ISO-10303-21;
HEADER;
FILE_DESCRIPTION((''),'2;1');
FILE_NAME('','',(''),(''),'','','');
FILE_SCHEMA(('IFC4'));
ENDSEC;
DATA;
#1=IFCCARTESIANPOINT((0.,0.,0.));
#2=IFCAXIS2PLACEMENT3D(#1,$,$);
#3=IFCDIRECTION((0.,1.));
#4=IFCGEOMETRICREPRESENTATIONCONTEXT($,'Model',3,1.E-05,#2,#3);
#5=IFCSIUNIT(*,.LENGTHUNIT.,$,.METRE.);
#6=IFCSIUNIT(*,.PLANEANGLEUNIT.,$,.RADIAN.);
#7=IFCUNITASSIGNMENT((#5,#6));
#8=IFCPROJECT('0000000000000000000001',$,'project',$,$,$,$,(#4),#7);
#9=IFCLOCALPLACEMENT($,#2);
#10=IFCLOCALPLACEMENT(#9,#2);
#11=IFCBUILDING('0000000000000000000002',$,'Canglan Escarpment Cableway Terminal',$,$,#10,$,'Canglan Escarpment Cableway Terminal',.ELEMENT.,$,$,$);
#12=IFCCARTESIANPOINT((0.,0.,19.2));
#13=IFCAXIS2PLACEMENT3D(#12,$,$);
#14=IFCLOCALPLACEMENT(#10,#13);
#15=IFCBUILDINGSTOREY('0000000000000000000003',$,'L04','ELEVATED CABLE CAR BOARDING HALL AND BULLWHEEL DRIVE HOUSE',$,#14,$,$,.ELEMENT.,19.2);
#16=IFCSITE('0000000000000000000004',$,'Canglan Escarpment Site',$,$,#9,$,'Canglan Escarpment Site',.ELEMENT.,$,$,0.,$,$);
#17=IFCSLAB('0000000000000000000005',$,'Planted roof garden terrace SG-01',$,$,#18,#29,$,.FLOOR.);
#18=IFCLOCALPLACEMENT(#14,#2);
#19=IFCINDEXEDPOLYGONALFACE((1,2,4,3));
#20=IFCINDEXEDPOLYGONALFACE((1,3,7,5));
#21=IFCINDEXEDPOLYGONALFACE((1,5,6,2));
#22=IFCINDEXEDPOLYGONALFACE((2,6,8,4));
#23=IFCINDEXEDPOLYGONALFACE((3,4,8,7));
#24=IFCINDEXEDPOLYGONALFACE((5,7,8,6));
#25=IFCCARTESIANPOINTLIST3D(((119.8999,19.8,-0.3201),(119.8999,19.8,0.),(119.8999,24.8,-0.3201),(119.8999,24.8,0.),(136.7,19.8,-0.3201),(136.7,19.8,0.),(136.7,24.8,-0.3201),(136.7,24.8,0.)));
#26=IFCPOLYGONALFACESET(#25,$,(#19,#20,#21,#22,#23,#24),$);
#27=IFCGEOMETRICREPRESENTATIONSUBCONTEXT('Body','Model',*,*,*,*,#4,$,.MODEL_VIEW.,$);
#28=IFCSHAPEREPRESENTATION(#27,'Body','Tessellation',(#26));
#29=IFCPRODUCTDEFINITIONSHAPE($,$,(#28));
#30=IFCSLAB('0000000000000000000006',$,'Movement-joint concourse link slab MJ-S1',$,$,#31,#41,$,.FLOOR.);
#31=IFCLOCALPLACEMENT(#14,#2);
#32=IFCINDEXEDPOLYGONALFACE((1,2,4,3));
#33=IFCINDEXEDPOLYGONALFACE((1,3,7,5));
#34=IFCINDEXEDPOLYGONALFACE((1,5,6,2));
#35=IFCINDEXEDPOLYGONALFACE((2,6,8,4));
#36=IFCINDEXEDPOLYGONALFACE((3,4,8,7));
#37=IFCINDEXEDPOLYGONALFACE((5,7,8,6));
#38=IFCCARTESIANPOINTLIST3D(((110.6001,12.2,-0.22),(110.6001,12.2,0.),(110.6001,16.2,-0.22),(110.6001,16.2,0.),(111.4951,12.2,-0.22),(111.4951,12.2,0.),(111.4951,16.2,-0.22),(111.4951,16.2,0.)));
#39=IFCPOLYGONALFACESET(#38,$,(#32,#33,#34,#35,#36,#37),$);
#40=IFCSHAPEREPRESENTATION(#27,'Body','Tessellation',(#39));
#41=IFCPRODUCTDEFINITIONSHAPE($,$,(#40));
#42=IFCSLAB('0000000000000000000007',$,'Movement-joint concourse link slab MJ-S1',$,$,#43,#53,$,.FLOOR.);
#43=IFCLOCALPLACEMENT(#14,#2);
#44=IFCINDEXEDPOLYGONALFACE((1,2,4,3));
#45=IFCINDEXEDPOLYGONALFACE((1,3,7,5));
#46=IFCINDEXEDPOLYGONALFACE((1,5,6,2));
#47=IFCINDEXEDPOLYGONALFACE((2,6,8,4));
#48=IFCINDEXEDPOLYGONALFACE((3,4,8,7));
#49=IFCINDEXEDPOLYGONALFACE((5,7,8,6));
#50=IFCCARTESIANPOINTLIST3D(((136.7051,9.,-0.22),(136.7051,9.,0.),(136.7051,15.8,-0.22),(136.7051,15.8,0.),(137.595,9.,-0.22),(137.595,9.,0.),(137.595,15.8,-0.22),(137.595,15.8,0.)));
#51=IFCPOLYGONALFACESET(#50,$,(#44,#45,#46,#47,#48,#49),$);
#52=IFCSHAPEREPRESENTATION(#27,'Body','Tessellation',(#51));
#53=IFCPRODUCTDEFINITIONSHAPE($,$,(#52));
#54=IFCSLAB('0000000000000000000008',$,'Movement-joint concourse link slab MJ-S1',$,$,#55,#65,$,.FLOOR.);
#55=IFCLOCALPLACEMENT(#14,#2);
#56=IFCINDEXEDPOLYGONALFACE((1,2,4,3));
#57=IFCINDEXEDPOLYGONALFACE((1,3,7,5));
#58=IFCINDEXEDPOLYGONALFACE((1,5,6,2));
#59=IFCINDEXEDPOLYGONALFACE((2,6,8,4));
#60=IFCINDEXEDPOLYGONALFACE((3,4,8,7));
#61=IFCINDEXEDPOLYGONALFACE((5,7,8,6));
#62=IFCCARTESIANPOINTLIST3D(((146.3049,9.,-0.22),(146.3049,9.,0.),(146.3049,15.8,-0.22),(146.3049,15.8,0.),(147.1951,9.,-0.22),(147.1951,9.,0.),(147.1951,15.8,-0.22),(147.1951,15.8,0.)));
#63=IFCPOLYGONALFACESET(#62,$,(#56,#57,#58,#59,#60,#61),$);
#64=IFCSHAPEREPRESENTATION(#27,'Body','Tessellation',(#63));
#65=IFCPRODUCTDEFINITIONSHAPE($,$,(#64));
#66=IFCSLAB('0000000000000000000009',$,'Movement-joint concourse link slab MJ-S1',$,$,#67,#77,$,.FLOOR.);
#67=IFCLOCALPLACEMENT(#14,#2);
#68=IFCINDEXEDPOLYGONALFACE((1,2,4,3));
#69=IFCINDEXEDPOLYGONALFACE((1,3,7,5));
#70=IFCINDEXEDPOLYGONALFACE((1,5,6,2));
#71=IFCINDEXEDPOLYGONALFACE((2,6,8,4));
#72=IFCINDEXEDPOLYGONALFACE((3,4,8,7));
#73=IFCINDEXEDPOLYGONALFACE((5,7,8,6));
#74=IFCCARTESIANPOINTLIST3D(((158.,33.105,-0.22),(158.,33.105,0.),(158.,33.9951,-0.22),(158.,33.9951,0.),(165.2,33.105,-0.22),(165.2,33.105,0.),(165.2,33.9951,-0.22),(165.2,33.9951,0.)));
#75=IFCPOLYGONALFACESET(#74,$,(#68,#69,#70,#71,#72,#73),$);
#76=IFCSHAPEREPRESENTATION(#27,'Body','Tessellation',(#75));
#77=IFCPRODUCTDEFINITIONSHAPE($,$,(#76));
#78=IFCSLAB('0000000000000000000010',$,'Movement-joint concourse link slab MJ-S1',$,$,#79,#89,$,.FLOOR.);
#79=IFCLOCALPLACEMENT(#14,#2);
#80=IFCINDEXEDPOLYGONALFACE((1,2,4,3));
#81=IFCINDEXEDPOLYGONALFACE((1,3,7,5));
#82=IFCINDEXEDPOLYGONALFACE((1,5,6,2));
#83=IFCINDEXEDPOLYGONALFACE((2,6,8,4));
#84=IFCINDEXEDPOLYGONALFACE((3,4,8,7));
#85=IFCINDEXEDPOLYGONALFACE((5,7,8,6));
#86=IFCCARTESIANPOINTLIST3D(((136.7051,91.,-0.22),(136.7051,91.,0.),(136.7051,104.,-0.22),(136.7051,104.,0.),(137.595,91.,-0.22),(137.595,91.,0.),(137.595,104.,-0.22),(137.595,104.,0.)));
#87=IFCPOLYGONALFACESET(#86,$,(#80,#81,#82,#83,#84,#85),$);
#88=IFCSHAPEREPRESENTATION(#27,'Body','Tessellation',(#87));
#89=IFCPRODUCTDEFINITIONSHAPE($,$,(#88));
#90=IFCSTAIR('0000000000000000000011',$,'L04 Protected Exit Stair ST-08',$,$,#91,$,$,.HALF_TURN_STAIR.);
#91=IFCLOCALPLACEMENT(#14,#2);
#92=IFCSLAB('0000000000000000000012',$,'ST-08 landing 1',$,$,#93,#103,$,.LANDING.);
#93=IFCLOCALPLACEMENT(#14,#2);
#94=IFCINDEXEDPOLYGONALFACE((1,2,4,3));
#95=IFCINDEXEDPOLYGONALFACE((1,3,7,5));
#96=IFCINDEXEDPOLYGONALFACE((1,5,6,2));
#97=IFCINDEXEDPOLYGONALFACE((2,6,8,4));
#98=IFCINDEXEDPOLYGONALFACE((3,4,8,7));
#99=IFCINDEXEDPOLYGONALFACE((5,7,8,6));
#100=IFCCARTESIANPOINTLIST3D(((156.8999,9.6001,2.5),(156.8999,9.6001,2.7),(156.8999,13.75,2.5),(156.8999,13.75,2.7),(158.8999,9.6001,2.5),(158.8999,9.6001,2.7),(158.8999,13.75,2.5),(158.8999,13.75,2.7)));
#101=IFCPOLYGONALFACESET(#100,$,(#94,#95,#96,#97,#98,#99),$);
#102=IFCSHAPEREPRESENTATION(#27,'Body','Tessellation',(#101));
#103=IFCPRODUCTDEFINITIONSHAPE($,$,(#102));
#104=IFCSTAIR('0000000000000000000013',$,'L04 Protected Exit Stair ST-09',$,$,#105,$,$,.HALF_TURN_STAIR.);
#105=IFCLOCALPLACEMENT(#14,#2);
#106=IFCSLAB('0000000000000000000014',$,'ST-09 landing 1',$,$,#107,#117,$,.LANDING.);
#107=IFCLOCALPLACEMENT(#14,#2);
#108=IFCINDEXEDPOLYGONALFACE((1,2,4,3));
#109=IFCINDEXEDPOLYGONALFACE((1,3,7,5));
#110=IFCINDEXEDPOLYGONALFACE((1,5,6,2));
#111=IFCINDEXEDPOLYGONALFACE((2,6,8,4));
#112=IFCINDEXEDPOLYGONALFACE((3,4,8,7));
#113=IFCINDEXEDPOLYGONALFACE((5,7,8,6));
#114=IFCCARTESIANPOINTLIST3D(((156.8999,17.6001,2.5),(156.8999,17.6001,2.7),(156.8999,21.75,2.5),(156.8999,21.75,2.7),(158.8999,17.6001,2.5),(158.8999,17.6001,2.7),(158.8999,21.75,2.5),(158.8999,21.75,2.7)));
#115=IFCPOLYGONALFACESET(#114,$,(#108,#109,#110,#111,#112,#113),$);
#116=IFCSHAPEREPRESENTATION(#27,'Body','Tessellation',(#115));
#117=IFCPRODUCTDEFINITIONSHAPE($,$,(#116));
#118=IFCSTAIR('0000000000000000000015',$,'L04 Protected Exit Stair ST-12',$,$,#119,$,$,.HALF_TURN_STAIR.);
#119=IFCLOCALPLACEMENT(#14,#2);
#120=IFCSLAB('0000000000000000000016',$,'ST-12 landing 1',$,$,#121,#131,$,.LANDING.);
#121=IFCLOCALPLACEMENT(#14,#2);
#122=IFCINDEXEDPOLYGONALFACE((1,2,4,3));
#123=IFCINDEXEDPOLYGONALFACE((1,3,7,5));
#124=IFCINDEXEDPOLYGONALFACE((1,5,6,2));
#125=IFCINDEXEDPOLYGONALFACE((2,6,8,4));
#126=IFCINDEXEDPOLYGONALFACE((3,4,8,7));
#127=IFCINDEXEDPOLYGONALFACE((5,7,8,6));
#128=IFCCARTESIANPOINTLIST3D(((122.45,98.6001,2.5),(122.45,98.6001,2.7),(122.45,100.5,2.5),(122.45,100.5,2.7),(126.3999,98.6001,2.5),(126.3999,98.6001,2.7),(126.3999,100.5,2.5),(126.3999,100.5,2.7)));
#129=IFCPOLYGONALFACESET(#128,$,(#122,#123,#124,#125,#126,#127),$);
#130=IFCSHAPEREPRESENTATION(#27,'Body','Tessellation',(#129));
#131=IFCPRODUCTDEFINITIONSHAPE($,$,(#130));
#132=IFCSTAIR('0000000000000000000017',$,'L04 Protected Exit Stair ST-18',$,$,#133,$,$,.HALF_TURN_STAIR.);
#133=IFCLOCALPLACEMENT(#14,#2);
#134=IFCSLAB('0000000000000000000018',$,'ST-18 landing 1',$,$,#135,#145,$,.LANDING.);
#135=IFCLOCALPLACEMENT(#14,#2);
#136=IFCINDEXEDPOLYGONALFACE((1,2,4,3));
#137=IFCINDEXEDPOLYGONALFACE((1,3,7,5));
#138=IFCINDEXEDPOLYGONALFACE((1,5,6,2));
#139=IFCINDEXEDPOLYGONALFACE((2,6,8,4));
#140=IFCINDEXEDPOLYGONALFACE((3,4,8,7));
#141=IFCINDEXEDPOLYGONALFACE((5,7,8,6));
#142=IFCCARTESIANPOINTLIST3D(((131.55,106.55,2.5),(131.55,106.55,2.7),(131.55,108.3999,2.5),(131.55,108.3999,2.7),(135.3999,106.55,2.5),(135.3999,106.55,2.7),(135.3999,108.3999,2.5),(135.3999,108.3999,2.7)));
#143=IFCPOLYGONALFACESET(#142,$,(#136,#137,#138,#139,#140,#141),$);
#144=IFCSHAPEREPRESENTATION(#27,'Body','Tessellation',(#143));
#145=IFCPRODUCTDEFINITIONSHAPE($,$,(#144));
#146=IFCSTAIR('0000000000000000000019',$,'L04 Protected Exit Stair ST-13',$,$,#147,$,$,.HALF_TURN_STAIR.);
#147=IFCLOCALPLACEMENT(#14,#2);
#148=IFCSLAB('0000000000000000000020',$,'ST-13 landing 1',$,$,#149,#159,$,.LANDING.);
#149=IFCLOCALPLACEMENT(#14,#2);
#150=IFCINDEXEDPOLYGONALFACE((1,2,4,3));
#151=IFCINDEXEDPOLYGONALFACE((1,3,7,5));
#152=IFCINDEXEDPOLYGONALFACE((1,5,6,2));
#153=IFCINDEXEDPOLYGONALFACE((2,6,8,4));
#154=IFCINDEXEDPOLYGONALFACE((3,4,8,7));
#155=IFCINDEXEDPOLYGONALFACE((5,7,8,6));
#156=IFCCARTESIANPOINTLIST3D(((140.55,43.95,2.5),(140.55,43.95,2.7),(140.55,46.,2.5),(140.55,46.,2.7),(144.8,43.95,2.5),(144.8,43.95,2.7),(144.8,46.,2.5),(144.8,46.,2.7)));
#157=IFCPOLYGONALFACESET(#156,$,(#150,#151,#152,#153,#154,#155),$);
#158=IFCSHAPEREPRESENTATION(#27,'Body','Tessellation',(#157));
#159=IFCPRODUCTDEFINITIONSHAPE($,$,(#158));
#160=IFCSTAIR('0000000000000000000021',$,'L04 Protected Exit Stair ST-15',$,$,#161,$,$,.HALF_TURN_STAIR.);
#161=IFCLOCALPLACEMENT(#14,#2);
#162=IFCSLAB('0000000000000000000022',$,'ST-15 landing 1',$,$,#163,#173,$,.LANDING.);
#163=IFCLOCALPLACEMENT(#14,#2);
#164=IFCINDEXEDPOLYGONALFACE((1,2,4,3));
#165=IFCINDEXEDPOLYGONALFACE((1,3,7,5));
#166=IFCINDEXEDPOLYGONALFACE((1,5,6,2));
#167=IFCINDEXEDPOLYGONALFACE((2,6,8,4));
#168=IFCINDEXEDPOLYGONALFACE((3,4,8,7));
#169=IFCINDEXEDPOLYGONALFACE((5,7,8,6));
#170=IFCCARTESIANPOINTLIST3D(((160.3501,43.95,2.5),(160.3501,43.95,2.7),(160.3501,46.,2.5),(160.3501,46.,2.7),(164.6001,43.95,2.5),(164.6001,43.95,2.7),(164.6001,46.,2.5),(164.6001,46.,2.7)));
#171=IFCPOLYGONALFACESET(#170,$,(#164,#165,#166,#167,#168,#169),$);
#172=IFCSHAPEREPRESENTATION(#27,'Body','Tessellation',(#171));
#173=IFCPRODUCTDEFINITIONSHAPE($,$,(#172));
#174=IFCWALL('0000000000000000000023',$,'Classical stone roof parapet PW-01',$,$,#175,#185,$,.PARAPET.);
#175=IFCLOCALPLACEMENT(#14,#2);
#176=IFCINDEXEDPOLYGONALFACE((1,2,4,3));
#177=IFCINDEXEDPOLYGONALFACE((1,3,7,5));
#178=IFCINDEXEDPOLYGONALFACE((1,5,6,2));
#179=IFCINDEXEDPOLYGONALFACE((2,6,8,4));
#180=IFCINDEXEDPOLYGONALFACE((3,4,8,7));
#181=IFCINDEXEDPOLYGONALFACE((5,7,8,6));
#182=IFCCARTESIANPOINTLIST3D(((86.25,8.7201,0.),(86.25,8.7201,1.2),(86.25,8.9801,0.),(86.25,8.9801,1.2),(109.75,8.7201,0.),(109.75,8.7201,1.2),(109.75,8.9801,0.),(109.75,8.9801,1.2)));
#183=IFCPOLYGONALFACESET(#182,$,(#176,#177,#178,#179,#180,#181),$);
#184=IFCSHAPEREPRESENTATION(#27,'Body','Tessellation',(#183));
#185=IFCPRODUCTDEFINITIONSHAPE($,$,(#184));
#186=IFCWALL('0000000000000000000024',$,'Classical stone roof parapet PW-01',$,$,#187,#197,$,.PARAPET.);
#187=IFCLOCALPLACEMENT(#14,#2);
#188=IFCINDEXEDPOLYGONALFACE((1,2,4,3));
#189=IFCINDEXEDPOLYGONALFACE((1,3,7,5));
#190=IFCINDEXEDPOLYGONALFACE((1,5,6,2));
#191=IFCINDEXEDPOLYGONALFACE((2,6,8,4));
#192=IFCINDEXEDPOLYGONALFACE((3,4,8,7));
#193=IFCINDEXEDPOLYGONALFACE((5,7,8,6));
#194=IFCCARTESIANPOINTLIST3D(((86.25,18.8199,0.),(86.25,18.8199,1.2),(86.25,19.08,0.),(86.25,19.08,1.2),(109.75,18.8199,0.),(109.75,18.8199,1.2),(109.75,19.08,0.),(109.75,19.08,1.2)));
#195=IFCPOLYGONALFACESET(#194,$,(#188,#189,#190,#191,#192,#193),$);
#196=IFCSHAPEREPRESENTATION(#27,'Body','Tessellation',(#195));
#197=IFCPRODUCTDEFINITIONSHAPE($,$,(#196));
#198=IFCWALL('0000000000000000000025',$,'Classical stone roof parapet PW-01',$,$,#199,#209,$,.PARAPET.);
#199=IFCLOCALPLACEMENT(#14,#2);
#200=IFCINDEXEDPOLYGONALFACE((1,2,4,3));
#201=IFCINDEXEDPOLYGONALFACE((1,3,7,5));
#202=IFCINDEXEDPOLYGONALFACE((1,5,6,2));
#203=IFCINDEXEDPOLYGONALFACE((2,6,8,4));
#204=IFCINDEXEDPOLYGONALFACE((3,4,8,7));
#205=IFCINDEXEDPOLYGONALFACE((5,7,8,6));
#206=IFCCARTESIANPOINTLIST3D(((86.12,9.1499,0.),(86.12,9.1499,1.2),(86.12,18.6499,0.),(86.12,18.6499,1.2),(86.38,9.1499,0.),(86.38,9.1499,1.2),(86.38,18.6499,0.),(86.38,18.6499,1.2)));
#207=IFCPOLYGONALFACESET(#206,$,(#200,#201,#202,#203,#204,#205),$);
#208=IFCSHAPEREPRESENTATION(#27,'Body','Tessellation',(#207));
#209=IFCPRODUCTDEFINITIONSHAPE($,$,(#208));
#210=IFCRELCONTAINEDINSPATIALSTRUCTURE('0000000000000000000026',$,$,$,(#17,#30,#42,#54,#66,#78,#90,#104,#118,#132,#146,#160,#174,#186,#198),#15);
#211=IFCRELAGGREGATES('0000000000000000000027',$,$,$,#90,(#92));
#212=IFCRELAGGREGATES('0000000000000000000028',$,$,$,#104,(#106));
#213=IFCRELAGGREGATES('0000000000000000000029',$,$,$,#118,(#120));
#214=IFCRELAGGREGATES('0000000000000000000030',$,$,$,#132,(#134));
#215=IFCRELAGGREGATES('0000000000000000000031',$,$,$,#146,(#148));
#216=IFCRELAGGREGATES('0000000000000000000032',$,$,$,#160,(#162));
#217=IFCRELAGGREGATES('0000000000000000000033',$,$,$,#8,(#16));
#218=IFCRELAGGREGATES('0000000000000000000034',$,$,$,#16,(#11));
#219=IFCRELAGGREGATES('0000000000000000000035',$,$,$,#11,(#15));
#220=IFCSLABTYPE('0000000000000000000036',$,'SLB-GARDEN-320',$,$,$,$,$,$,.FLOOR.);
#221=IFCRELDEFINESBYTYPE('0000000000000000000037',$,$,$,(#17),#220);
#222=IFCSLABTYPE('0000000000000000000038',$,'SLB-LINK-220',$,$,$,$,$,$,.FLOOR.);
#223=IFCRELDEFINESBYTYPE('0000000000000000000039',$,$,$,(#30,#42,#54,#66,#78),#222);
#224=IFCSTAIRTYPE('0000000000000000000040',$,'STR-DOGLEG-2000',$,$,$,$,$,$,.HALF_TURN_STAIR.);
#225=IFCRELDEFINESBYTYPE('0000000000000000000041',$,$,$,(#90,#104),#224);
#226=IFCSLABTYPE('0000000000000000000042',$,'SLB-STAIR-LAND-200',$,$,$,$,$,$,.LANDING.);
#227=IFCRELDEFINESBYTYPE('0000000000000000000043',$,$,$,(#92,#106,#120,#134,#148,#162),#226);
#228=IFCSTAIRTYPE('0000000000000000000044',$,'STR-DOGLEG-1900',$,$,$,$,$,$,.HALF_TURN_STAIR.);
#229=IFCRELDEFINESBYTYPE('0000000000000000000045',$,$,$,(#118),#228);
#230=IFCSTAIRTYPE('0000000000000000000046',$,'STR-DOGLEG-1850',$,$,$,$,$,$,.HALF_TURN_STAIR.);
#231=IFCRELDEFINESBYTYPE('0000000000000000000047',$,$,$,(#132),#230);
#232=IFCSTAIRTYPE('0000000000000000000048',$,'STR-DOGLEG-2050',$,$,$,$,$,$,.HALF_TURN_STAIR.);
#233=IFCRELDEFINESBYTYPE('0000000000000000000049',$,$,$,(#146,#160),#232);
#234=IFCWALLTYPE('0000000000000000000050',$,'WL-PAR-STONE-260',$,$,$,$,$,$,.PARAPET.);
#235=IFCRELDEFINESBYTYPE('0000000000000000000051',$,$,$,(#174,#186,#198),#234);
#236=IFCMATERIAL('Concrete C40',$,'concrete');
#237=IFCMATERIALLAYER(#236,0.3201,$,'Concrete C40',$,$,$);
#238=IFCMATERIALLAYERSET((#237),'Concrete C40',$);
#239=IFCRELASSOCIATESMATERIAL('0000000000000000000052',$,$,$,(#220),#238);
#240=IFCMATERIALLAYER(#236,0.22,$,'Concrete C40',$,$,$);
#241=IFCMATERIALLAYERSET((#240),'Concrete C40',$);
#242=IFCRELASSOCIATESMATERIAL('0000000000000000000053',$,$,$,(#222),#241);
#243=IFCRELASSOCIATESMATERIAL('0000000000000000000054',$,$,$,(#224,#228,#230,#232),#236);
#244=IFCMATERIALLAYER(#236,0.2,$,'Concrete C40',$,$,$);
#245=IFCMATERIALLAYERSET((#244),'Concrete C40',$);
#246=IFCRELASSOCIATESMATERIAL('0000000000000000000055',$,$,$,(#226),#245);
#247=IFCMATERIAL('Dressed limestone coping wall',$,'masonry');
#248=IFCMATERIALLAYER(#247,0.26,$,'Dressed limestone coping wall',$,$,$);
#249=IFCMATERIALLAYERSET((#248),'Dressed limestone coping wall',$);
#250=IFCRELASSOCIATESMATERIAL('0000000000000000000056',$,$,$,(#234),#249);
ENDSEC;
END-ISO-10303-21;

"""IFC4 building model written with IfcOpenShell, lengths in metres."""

from ifc_helpers import new_model, si_unit, direction, frame, frame_2d, origin, place, context, subcontext, project, spatial, polyline, rectangle, outline, extrude, material, layer, layer_set, type_object, element, aggregate, save


model = new_model("IFC4")

# Units and contexts
model_context = context("Model", 3, precision=1e-05, world=origin(), true_north=direction((0.0, 1.0)))
body_context = subcontext(model_context, "Body", "Model", "MODEL_VIEW")
ifc_project = project(units=[si_unit("LENGTHUNIT", "METRE"), si_unit("PLANEANGLEUNIT", "RADIAN")], contexts=[model_context])

# Site, building, storey
site_placement = place(None, origin())
site = spatial("IfcSite", under=ifc_project, at=site_placement, Name="Canglan Escarpment Site", LongName="Canglan Escarpment Site", CompositionType="ELEMENT", RefElevation=0.0)
building_placement = place(site_placement, origin())
building = spatial("IfcBuilding", under=site, at=building_placement, Name="Canglan Escarpment Cableway Terminal", LongName="Canglan Escarpment Cableway Terminal", CompositionType="ELEMENT")
storey_placement = place(building_placement, frame((0.0, 0.0, 19.2)))
storey = spatial("IfcBuildingStorey", under=building, at=storey_placement, Name="L04", Description="ELEVATED CABLE CAR BOARDING HALL AND BULLWHEEL DRIVE HOUSE", CompositionType="ELEMENT", Elevation=19.2)

# Slabs
ifc_material_1 = material(Name="Concrete C40", Category="concrete")
ifc_layer_1 = layer(ifc_material_1, 0.3201, Name="Concrete C40")
ifc_layer_set_1 = layer_set([ifc_layer_1], Name="Concrete C40")
slab_type_1 = type_object("IfcSlabType", Name="SLB-GARDEN-320", PredefinedType="FLOOR", material=ifc_layer_set_1)
slab_1_placement = place(storey_placement, frame((0.0, 0.0, -0.3201)))
element("IfcSlab", 1, at=slab_1_placement, inside=storey, type_object=slab_type_1, Name="Planted roof garden terrace SG-01", PredefinedType="FLOOR", context=body_context, shape_type="SweptSolid", body=[
    extrude(outline(polyline([(119.8999, 19.8), (136.7, 19.8), (136.7, 24.8), (119.8999, 24.8), (119.8999, 19.8)])), origin(), (0.0, 0.0, 1.0), 0.3201),
])
ifc_layer_2 = layer(ifc_material_1, 0.22, Name="Concrete C40")
ifc_layer_set_2 = layer_set([ifc_layer_2], Name="Concrete C40")
slab_type_2 = type_object("IfcSlabType", Name="SLB-LINK-220", PredefinedType="FLOOR", material=ifc_layer_set_2)
slab_2_placement = place(storey_placement, frame((0.0, 0.0, -0.22)))
element("IfcSlab", 2, at=slab_2_placement, inside=storey, type_object=slab_type_2, Name="Movement-joint concourse link slab MJ-S1", PredefinedType="FLOOR", context=body_context, shape_type="SweptSolid", body=[
    extrude(outline(polyline([(110.6001, 12.2), (110.6001, 16.2), (111.4951, 16.2), (111.4951, 12.2), (110.6001, 12.2)])), origin(), (0.0, 0.0, 1.0), 0.22),
])
slab_3_placement = place(storey_placement, frame((0.0, 0.0, -0.22)))
element("IfcSlab", 3, at=slab_3_placement, inside=storey, type_object=slab_type_2, Name="Movement-joint concourse link slab MJ-S1", PredefinedType="FLOOR", context=body_context, shape_type="SweptSolid", body=[
    extrude(outline(polyline([(137.595, 15.8), (137.595, 9.0), (136.7051, 9.0), (136.7051, 15.8), (137.595, 15.8)])), origin(), (0.0, 0.0, 1.0), 0.22),
])
slab_4_placement = place(storey_placement, frame((0.0, 0.0, -0.22)))
element("IfcSlab", 4, at=slab_4_placement, inside=storey, type_object=slab_type_2, Name="Movement-joint concourse link slab MJ-S1", PredefinedType="FLOOR", context=body_context, shape_type="SweptSolid", body=[
    extrude(outline(polyline([(147.1951, 15.8), (147.1951, 9.0), (146.3049, 9.0), (146.3049, 15.8), (147.1951, 15.8)])), origin(), (0.0, 0.0, 1.0), 0.22),
])
slab_5_placement = place(storey_placement, frame((0.0, 0.0, -0.22)))
element("IfcSlab", 5, at=slab_5_placement, inside=storey, type_object=slab_type_2, Name="Movement-joint concourse link slab MJ-S1", PredefinedType="FLOOR", context=body_context, shape_type="SweptSolid", body=[
    extrude(outline(polyline([(165.2, 33.105), (158.0, 33.105), (158.0, 33.9951), (165.2, 33.9951), (165.2, 33.105)])), origin(), (0.0, 0.0, 1.0), 0.22),
])
slab_6_placement = place(storey_placement, frame((0.0, 0.0, -0.22)))
element("IfcSlab", 6, at=slab_6_placement, inside=storey, type_object=slab_type_2, Name="Movement-joint concourse link slab MJ-S1", PredefinedType="FLOOR", context=body_context, shape_type="SweptSolid", body=[
    extrude(outline(polyline([(137.595, 104.0), (137.595, 91.0), (136.7051, 91.0), (136.7051, 104.0), (137.595, 104.0)])), origin(), (0.0, 0.0, 1.0), 0.22),
])

# Stairs, slabs
stair_type_1 = type_object("IfcStairType", Name="STR-DOGLEG-2000", PredefinedType="HALF_TURN_STAIR", material=ifc_material_1)
stair_1_placement = place(storey_placement, origin())
stair_1 = element("IfcStair", 7, at=stair_1_placement, inside=storey, type_object=stair_type_1, Name="L04 Protected Exit Stair ST-08", PredefinedType="HALF_TURN_STAIR")
ifc_layer_3 = layer(ifc_material_1, 0.2, Name="Concrete C40")
ifc_layer_set_3 = layer_set([ifc_layer_3], Name="Concrete C40")
slab_type_3 = type_object("IfcSlabType", Name="SLB-STAIR-LAND-200", PredefinedType="LANDING", material=ifc_layer_set_3)
slab_7_placement = place(storey_placement, frame((0.0, 0.0, 2.5)))
slab_7 = element("IfcSlab", 8, at=slab_7_placement, type_object=slab_type_3, Name="ST-08 landing 1", PredefinedType="LANDING", context=body_context, shape_type="SweptSolid", body=[
    extrude(outline(polyline([(156.8999, 9.6001), (158.8999, 9.6001), (158.8999, 13.75), (156.8999, 13.75), (156.8999, 9.6001)])), origin(), (0.0, 0.0, 1.0), 0.2),
])
aggregate(stair_1, [slab_7])
stair_2_placement = place(storey_placement, origin())
stair_2 = element("IfcStair", 9, at=stair_2_placement, inside=storey, type_object=stair_type_1, Name="L04 Protected Exit Stair ST-09", PredefinedType="HALF_TURN_STAIR")
slab_8_placement = place(storey_placement, frame((0.0, 0.0, 2.5)))
slab_8 = element("IfcSlab", 10, at=slab_8_placement, type_object=slab_type_3, Name="ST-09 landing 1", PredefinedType="LANDING", context=body_context, shape_type="SweptSolid", body=[
    extrude(outline(polyline([(156.8999, 17.6001), (158.8999, 17.6001), (158.8999, 21.75), (156.8999, 21.75), (156.8999, 17.6001)])), origin(), (0.0, 0.0, 1.0), 0.2),
])
aggregate(stair_2, [slab_8])
stair_type_2 = type_object("IfcStairType", Name="STR-DOGLEG-1900", PredefinedType="HALF_TURN_STAIR", material=ifc_material_1)
stair_3_placement = place(storey_placement, origin())
stair_3 = element("IfcStair", 11, at=stair_3_placement, inside=storey, type_object=stair_type_2, Name="L04 Protected Exit Stair ST-12", PredefinedType="HALF_TURN_STAIR")
slab_9_placement = place(storey_placement, frame((0.0, 0.0, 2.5)))
slab_9 = element("IfcSlab", 12, at=slab_9_placement, type_object=slab_type_3, Name="ST-12 landing 1", PredefinedType="LANDING", context=body_context, shape_type="SweptSolid", body=[
    extrude(outline(polyline([(126.3999, 98.6001), (126.3999, 100.5), (122.45, 100.5), (122.45, 98.6001), (126.3999, 98.6001)])), origin(), (0.0, 0.0, 1.0), 0.2),
])
aggregate(stair_3, [slab_9])
stair_type_3 = type_object("IfcStairType", Name="STR-DOGLEG-1850", PredefinedType="HALF_TURN_STAIR", material=ifc_material_1)
stair_4_placement = place(storey_placement, origin())
stair_4 = element("IfcStair", 13, at=stair_4_placement, inside=storey, type_object=stair_type_3, Name="L04 Protected Exit Stair ST-18", PredefinedType="HALF_TURN_STAIR")
slab_10_placement = place(storey_placement, frame((0.0, 0.0, 2.5)))
slab_10 = element("IfcSlab", 14, at=slab_10_placement, type_object=slab_type_3, Name="ST-18 landing 1", PredefinedType="LANDING", context=body_context, shape_type="SweptSolid", body=[
    extrude(outline(polyline([(135.3999, 106.55), (135.3999, 108.3999), (131.55, 108.3999), (131.55, 106.55), (135.3999, 106.55)])), origin(), (0.0, 0.0, 1.0), 0.2),
])
aggregate(stair_4, [slab_10])
stair_type_4 = type_object("IfcStairType", Name="STR-DOGLEG-2050", PredefinedType="HALF_TURN_STAIR", material=ifc_material_1)
stair_5_placement = place(storey_placement, origin())
stair_5 = element("IfcStair", 15, at=stair_5_placement, inside=storey, type_object=stair_type_4, Name="L04 Protected Exit Stair ST-13", PredefinedType="HALF_TURN_STAIR")
slab_11_placement = place(storey_placement, frame((0.0, 0.0, 2.5)))
slab_11 = element("IfcSlab", 16, at=slab_11_placement, type_object=slab_type_3, Name="ST-13 landing 1", PredefinedType="LANDING", context=body_context, shape_type="SweptSolid", body=[
    extrude(outline(polyline([(144.8, 43.95), (144.8, 46.0), (140.55, 46.0), (140.55, 43.95), (144.8, 43.95)])), origin(), (0.0, 0.0, 1.0), 0.2),
])
aggregate(stair_5, [slab_11])
stair_6_placement = place(storey_placement, origin())
stair_6 = element("IfcStair", 17, at=stair_6_placement, inside=storey, type_object=stair_type_4, Name="L04 Protected Exit Stair ST-15", PredefinedType="HALF_TURN_STAIR")
slab_12_placement = place(storey_placement, frame((0.0, 0.0, 2.5)))
slab_12 = element("IfcSlab", 18, at=slab_12_placement, type_object=slab_type_3, Name="ST-15 landing 1", PredefinedType="LANDING", context=body_context, shape_type="SweptSolid", body=[
    extrude(outline(polyline([(164.6001, 43.95), (164.6001, 46.0), (160.3501, 46.0), (160.3501, 43.95), (164.6001, 43.95)])), origin(), (0.0, 0.0, 1.0), 0.2),
])
aggregate(stair_6, [slab_12])

# Walls
ifc_material_2 = material(Name="Dressed limestone coping wall", Category="masonry")
ifc_layer_4 = layer(ifc_material_2, 0.26, Name="Dressed limestone coping wall")
ifc_layer_set_4 = layer_set([ifc_layer_4], Name="Dressed limestone coping wall")
wall_type = type_object("IfcWallType", Name="WL-PAR-STONE-260", PredefinedType="PARAPET", material=ifc_layer_set_4)
for number, where, z_axis, x_axis, name in (
    (19, (86.25, 8.8501, 0.0), (0.0, 0.0, 1.0), (1.0, 0.0, 0.0), "Classical stone roof parapet PW-01"),
    (20, (86.25, 18.95, 0.0), (0.0, 0.0, 1.0), (1.0, 0.0, 0.0), "Classical stone roof parapet PW-01"),
):
    element("IfcWall", number, at=place(storey_placement, frame(where, z_axis=z_axis, x_axis=x_axis)), inside=storey, type_object=wall_type, Name=name, PredefinedType="PARAPET", context=body_context, shape_type="SweptSolid", body=[
        extrude(rectangle(XDim=23.5, YDim=0.26, at=frame_2d((11.75, 0.0))), origin(), (0.0, 0.0, 1.0), 1.2),
    ])
wall_placement = place(storey_placement, frame((86.25, 9.1499, 0.0), z_axis=(0.0, 0.0, 1.0), x_axis=(0.0, 1.0, 0.0)))
element("IfcWall", 21, at=wall_placement, inside=storey, type_object=wall_type, Name="Classical stone roof parapet PW-01", PredefinedType="PARAPET", context=body_context, shape_type="SweptSolid", body=[
    extrude(rectangle(XDim=9.5, YDim=0.26, at=frame_2d((4.75, 0.0))), origin(), (0.0, 0.0, 1.0), 1.2),
])

save(model, "model.ifc")
